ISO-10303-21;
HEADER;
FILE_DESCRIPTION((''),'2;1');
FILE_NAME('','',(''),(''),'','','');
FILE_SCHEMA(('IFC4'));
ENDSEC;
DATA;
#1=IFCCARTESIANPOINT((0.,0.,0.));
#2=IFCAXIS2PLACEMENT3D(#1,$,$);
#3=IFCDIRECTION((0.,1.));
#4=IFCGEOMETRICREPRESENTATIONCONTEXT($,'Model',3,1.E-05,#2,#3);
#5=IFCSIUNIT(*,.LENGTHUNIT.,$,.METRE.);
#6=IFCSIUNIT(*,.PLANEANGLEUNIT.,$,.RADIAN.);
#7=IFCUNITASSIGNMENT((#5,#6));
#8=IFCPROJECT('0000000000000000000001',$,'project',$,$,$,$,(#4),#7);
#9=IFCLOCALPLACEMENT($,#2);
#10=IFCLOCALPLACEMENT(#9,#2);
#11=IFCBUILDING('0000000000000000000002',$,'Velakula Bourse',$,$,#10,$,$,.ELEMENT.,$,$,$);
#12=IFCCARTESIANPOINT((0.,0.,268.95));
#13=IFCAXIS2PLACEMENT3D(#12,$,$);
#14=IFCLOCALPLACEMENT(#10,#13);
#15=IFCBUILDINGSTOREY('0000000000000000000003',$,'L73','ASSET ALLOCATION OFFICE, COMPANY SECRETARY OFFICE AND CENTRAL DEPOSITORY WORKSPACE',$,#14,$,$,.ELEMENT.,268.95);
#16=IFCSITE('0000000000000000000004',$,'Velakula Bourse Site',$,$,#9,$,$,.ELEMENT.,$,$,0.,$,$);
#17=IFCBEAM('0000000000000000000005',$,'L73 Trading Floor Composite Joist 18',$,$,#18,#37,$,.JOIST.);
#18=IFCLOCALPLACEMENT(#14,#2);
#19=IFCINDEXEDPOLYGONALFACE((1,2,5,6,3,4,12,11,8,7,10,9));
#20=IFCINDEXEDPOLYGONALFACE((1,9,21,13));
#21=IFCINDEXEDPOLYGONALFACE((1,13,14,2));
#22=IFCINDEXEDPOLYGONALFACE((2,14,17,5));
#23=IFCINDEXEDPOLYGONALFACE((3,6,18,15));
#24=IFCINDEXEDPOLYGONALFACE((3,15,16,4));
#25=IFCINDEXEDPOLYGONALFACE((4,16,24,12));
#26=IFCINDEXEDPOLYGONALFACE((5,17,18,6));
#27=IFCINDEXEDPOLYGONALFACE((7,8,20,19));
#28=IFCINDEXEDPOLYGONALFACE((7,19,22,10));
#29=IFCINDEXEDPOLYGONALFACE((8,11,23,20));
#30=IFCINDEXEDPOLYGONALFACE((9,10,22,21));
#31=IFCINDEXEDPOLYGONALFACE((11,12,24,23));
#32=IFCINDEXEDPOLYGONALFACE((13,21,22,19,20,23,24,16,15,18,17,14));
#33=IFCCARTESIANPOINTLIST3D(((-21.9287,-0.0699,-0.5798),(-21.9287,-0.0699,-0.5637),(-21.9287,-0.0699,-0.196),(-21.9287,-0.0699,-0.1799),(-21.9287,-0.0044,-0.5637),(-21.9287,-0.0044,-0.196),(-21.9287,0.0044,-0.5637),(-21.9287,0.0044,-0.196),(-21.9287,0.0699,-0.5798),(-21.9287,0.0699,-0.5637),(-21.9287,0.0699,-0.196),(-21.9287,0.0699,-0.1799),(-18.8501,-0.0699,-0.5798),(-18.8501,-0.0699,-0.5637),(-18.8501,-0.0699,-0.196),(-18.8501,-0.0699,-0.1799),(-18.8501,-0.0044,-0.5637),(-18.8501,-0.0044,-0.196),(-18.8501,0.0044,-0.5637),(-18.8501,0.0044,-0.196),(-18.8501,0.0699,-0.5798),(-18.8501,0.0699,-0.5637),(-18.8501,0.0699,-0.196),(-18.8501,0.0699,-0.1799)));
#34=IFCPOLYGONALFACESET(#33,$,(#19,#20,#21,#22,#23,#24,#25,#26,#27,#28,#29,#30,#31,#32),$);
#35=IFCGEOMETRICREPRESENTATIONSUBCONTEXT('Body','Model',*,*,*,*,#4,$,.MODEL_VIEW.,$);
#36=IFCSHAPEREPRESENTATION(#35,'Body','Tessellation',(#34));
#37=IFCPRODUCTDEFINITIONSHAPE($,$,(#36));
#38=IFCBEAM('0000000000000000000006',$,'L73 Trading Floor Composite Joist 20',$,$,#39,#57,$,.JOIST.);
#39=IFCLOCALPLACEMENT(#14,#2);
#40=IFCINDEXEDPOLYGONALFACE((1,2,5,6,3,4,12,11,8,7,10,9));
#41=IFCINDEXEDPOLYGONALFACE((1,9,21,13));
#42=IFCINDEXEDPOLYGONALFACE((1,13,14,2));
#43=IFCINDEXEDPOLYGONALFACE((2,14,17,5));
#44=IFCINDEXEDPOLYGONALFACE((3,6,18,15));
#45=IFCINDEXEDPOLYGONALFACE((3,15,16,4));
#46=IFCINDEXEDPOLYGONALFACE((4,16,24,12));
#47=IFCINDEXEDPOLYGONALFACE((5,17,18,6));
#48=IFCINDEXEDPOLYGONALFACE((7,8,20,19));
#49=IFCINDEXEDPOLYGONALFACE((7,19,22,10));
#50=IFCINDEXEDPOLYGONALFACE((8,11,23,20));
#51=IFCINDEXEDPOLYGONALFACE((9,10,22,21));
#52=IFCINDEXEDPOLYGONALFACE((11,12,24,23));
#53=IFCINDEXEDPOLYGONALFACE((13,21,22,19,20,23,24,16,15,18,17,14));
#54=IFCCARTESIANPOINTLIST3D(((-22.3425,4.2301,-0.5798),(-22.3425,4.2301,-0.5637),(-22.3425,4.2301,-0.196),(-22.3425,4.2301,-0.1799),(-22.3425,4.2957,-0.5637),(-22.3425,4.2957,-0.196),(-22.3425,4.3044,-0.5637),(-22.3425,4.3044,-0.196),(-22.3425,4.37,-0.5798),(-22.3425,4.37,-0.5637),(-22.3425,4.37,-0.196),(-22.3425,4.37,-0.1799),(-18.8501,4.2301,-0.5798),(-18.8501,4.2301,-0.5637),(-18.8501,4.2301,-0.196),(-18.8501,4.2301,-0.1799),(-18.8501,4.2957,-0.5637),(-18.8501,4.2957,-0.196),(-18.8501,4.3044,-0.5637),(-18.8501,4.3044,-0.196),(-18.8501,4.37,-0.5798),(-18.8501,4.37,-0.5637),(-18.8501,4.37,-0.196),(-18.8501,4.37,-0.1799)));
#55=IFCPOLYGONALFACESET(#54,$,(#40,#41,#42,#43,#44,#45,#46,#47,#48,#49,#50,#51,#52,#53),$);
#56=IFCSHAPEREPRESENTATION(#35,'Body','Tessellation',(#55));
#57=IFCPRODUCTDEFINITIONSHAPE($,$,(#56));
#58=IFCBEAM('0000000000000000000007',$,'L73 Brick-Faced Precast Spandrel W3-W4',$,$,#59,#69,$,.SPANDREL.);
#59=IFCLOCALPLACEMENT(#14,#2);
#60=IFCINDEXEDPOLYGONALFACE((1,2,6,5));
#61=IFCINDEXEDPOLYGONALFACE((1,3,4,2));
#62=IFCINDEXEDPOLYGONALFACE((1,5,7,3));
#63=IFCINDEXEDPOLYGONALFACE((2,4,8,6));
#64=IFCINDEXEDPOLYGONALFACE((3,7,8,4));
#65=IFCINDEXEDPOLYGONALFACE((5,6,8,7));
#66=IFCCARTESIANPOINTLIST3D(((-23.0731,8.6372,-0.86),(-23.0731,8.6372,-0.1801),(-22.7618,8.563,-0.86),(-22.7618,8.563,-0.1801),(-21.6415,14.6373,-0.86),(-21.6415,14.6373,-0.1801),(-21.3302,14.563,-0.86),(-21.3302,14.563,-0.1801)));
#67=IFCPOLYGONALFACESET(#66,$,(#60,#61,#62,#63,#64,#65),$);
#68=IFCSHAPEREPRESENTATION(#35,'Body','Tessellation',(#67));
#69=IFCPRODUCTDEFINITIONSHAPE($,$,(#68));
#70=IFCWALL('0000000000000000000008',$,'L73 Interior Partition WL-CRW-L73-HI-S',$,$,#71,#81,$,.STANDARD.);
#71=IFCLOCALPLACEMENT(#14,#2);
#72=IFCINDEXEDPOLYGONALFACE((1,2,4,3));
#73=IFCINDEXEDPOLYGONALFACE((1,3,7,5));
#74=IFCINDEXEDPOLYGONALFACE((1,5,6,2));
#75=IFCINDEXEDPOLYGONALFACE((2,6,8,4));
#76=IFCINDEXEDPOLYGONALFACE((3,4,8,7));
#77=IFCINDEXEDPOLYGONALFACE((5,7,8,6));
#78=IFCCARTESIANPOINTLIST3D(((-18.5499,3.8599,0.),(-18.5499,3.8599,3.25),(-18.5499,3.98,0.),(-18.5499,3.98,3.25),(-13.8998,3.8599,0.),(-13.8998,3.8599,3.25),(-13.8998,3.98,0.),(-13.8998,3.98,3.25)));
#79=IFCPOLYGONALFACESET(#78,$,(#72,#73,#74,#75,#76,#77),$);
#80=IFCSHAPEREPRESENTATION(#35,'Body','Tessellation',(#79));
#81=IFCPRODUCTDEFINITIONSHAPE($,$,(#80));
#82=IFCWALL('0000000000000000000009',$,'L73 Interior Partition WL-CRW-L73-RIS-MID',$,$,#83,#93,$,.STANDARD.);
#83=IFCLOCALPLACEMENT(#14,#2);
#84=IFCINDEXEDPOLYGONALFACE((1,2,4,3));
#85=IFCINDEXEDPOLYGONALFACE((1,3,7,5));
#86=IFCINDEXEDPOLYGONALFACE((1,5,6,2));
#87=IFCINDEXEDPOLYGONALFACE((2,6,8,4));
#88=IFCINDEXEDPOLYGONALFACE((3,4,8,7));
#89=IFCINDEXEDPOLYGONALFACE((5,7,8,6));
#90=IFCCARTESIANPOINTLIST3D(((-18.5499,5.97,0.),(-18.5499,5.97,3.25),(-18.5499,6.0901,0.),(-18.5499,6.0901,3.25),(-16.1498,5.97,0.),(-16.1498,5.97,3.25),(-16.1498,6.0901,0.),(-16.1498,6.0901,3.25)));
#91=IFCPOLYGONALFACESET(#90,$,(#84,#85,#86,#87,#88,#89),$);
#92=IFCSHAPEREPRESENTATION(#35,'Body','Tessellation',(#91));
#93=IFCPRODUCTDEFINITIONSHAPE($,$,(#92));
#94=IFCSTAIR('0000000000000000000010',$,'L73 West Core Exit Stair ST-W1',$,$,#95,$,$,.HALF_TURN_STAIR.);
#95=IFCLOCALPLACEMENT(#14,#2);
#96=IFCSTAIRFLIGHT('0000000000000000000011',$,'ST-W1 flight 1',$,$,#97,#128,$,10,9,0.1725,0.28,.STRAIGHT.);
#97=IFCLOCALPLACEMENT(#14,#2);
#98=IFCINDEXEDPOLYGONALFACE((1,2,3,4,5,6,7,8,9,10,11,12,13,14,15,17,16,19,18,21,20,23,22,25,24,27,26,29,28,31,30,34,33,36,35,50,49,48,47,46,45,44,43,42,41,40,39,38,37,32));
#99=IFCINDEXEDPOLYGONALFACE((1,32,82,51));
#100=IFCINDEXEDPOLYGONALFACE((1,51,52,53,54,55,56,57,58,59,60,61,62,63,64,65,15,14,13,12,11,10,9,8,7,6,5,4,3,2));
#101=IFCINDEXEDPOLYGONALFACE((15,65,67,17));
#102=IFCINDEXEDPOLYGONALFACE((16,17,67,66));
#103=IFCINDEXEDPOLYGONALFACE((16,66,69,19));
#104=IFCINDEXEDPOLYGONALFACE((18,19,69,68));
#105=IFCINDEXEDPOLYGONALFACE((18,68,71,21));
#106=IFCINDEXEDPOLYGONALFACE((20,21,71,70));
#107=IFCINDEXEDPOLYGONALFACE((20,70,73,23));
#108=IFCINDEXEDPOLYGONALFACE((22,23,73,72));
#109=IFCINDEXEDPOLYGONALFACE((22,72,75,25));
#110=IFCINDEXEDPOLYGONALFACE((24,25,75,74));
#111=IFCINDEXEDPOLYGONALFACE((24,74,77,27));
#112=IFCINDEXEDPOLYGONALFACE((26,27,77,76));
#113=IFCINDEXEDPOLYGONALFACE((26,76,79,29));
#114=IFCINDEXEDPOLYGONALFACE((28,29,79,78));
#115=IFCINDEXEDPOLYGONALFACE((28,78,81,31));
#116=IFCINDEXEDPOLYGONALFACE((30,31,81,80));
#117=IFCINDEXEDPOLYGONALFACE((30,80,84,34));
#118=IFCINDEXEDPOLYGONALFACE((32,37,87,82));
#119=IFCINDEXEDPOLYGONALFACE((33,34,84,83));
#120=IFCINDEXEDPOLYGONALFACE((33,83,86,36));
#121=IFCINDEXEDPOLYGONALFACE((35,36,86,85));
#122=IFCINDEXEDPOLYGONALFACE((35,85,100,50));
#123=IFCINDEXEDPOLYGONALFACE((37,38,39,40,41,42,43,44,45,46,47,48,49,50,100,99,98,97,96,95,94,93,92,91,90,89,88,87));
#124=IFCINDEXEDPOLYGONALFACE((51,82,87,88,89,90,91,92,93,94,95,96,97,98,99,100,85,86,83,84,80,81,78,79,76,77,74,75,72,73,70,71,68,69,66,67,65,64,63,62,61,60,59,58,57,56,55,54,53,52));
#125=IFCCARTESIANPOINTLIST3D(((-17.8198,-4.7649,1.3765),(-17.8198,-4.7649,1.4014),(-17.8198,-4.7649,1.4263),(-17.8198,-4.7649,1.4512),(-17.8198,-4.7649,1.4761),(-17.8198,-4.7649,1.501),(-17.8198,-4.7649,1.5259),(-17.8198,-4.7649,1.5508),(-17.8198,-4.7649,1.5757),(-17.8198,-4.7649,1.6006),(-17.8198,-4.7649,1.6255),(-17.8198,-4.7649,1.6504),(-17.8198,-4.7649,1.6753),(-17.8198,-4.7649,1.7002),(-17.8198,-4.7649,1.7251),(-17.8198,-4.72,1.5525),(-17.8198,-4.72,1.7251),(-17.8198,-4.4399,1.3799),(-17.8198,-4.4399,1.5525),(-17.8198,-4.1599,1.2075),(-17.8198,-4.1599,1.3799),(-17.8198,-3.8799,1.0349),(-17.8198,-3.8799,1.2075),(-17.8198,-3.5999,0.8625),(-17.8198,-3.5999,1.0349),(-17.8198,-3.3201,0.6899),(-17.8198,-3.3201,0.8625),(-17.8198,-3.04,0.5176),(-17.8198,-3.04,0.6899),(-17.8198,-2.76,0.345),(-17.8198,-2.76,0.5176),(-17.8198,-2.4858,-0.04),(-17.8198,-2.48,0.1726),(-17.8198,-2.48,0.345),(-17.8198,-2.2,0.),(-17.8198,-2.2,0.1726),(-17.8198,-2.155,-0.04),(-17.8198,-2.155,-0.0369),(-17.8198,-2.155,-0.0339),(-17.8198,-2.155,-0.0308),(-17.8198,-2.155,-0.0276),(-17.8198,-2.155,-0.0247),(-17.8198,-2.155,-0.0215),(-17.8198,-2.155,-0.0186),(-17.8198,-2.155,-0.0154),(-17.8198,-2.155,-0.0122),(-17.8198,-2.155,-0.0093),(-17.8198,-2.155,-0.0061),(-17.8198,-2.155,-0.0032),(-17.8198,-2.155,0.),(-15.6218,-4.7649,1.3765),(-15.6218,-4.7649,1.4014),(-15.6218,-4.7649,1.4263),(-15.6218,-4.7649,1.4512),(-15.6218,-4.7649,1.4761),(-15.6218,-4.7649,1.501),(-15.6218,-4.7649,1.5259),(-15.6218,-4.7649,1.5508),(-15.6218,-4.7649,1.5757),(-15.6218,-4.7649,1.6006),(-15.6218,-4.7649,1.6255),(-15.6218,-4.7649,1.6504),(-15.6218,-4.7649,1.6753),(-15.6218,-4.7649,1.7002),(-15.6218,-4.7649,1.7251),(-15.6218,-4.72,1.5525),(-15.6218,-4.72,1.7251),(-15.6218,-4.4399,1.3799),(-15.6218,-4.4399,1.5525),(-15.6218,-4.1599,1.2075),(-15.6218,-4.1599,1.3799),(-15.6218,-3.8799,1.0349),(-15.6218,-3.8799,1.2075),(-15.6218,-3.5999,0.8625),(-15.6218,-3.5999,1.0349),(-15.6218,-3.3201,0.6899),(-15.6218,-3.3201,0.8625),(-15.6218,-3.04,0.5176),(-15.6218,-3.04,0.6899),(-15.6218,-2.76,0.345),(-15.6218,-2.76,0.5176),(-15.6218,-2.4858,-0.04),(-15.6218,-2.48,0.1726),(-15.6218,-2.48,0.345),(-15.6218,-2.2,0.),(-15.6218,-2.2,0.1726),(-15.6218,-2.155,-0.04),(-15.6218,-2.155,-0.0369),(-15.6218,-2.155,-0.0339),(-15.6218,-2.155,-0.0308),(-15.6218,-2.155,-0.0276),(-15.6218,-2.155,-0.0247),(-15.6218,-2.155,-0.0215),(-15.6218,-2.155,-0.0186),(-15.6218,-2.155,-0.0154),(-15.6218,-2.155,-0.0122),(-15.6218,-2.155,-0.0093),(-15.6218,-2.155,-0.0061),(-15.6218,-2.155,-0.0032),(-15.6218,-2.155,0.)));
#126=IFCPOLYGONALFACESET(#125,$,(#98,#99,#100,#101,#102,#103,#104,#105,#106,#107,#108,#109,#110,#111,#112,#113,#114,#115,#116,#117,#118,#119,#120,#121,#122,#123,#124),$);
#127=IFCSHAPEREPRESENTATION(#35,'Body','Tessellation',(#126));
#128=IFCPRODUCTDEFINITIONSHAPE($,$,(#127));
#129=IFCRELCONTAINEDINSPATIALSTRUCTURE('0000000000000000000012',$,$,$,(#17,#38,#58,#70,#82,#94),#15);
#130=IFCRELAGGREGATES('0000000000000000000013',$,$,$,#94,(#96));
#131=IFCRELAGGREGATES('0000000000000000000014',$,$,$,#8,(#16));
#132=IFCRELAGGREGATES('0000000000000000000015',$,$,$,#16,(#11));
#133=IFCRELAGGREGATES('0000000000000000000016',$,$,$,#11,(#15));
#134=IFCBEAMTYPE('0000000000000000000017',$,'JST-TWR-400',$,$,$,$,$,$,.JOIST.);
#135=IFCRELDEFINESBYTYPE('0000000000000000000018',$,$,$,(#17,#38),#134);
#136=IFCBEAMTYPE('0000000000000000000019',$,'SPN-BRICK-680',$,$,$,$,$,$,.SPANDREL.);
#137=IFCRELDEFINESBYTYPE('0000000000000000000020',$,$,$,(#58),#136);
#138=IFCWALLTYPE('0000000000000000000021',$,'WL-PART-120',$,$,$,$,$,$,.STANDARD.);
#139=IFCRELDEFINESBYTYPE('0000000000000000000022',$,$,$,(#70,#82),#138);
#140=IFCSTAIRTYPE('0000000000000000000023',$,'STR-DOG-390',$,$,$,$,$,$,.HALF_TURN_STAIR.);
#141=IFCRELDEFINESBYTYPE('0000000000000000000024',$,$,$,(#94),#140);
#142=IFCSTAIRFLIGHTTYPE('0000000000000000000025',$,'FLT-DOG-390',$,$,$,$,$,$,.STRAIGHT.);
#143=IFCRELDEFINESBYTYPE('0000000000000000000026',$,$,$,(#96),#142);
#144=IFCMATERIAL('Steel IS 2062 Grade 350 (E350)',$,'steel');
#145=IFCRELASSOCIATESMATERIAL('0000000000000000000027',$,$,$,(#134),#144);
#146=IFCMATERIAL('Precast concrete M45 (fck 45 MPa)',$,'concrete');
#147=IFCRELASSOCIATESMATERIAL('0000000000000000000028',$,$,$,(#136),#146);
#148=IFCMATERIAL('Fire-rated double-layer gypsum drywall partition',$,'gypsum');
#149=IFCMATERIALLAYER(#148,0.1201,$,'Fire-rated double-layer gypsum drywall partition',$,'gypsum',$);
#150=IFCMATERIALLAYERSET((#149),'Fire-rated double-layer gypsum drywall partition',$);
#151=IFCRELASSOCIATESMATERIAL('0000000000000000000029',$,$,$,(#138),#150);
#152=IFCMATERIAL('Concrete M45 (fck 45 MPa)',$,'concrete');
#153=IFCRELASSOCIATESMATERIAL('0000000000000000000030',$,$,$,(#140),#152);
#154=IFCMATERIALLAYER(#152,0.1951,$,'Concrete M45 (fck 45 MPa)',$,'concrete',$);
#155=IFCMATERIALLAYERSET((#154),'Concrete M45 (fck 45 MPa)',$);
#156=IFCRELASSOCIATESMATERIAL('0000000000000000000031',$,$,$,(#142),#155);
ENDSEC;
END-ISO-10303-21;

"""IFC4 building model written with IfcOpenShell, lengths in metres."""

from ifc_helpers import new_model, si_unit, direction, frame, frame_2d, origin, origin_2d, place, context, subcontext, project, spatial, polyline, rectangle, i_section, outline, extrude, material, layer, layer_set, material_profile, profile_set, type_object, element, aggregate, save


model = new_model("IFC4")

# Units and contexts
model_context = context("Model", 3, precision=1e-05, world=origin(), true_north=direction((0.0, 1.0)))
body_context = subcontext(model_context, "Body", "Model", "MODEL_VIEW")
ifc_project = project(units=[si_unit("LENGTHUNIT", "METRE"), si_unit("PLANEANGLEUNIT", "RADIAN")], contexts=[model_context])

# Site, building, storey
site_placement = place(None, origin())
site = spatial("IfcSite", under=ifc_project, at=site_placement, Name="Velakula Bourse Site", CompositionType="ELEMENT", RefElevation=0.0)
building_placement = place(site_placement, origin())
building = spatial("IfcBuilding", under=site, at=building_placement, Name="Velakula Bourse", CompositionType="ELEMENT")
storey_placement = place(building_placement, frame((0.0, 0.0, 268.95)))
storey = spatial("IfcBuildingStorey", under=building, at=storey_placement, Name="L73", Description="ASSET ALLOCATION OFFICE, COMPANY SECRETARY OFFICE AND CENTRAL DEPOSITORY WORKSPACE", CompositionType="ELEMENT", Elevation=268.95)

# Shared definitions
ifc_material_1 = material(Name="Steel IS 2062 Grade 350 (E350)", Category="steel")

# Beams
ifc_material_profile_1 = material_profile(ifc_material_1, i_section(OverallWidth=0.1399, OverallDepth=0.3999, WebThickness=0.0088, FlangeThickness=0.0161, at=origin_2d()), Name="Steel IS 2062 Grade 350 (E350)")
ifc_profile_set_1 = profile_set([ifc_material_profile_1], Name="Steel IS 2062 Grade 350 (E350)")
beam_type_1 = type_object("IfcBeamType", Name="JST-TWR-400", PredefinedType="JOIST", material=ifc_profile_set_1)
beam_1_placement = place(storey_placement, frame((-21.9287, 0.0, -0.3799), z_axis=(1.0, 0.0, 0.0), x_axis=(0.0, 1.0, 0.0)))
element("IfcBeam", 1, at=beam_1_placement, inside=storey, type_object=beam_type_1, Name="L73 Trading Floor Composite Joist 18", PredefinedType="JOIST", context=body_context, shape_type="SweptSolid", body=[
    extrude(i_section(OverallWidth=0.1399, OverallDepth=0.3999, WebThickness=0.0088, FlangeThickness=0.0161, at=origin_2d()), origin(), (0.0, 0.0, 1.0), 3.0786),
])
beam_2_placement = place(storey_placement, frame((-22.3425, 4.3, -0.3799), z_axis=(1.0, 0.0, 0.0), x_axis=(0.0, 1.0, 0.0)))
element("IfcBeam", 2, at=beam_2_placement, inside=storey, type_object=beam_type_1, Name="L73 Trading Floor Composite Joist 20", PredefinedType="JOIST", context=body_context, shape_type="SweptSolid", body=[
    extrude(i_section(OverallWidth=0.1399, OverallDepth=0.3999, WebThickness=0.0088, FlangeThickness=0.0161, at=origin_2d()), origin(), (0.0, 0.0, 1.0), 3.4924),
])
ifc_material_2 = material(Name="Precast concrete M45 (fck 45 MPa)", Category="concrete")
ifc_material_profile_2 = material_profile(ifc_material_2, rectangle(XDim=0.3201, YDim=0.6799, at=origin_2d()), Name="Precast concrete M45 (fck 45 MPa)")
ifc_profile_set_2 = profile_set([ifc_material_profile_2], Name="Precast concrete M45 (fck 45 MPa)")
beam_type_2 = type_object("IfcBeamType", Name="SPN-BRICK-680", PredefinedType="SPANDREL", material=ifc_profile_set_2)
beam_3_placement = place(storey_placement, frame((-22.9175, 8.6001, -0.52), z_axis=(0.232091, 0.972694, 0.0), x_axis=(-0.972694, 0.232091, 0.0)))
element("IfcBeam", 3, at=beam_3_placement, inside=storey, type_object=beam_type_2, Name="L73 Brick-Faced Precast Spandrel W3-W4", PredefinedType="SPANDREL", context=body_context, shape_type="SweptSolid", body=[
    extrude(rectangle(XDim=0.3201, YDim=0.6799, at=origin_2d()), origin(), (0.0, 0.0, 1.0), 6.1685),
])

# Walls
ifc_material_3 = material(Name="Fire-rated double-layer gypsum drywall partition", Category="gypsum")
ifc_layer_1 = layer(ifc_material_3, 0.1201, Name="Fire-rated double-layer gypsum drywall partition", Category="gypsum")
ifc_layer_set_1 = layer_set([ifc_layer_1], Name="Fire-rated double-layer gypsum drywall partition")
wall_type = type_object("IfcWallType", Name="WL-PART-120", PredefinedType="STANDARD", material=ifc_layer_set_1)
wall_1_placement = place(storey_placement, frame((-18.55, 3.9199, 0.0), z_axis=(0.0, 0.0, 1.0), x_axis=(1.0, 0.0, 0.0)))
element("IfcWall", 4, at=wall_1_placement, inside=storey, type_object=wall_type, Name="L73 Interior Partition WL-CRW-L73-HI-S", PredefinedType="STANDARD", context=body_context, shape_type="SweptSolid", body=[
    extrude(rectangle(XDim=4.6501, YDim=0.1201, at=frame_2d((2.3252, 0.0))), origin(), (0.0, 0.0, 1.0), 3.25),
])
wall_2_placement = place(storey_placement, frame((-18.55, 6.03, 0.0), z_axis=(0.0, 0.0, 1.0), x_axis=(1.0, 0.0, 0.0)))
element("IfcWall", 5, at=wall_2_placement, inside=storey, type_object=wall_type, Name="L73 Interior Partition WL-CRW-L73-RIS-MID", PredefinedType="STANDARD", context=body_context, shape_type="SweptSolid", body=[
    extrude(rectangle(XDim=2.4001, YDim=0.1201, at=frame_2d((1.2002, 0.0))), origin(), (0.0, 0.0, 1.0), 3.25),
])

# Stair, stair flight
ifc_material_4 = material(Name="Concrete M45 (fck 45 MPa)", Category="concrete")
stair_type = type_object("IfcStairType", Name="STR-DOG-390", PredefinedType="HALF_TURN_STAIR", material=ifc_material_4)
stair_placement = place(storey_placement, origin())
stair = element("IfcStair", 6, at=stair_placement, inside=storey, type_object=stair_type, Name="L73 West Core Exit Stair ST-W1", PredefinedType="HALF_TURN_STAIR")
ifc_layer_2 = layer(ifc_material_4, 0.1951, Name="Concrete M45 (fck 45 MPa)", Category="concrete")
ifc_layer_set_2 = layer_set([ifc_layer_2], Name="Concrete M45 (fck 45 MPa)")
stair_flight_type = type_object("IfcStairFlightType", Name="FLT-DOG-390", PredefinedType="STRAIGHT", material=ifc_layer_set_2)
stair_flight_placement = place(storey_placement, frame((-16.7209, -2.2, 0.0), z_axis=(0.0, 0.0, 1.0), x_axis=(0.0, -1.0, 0.0)))
stair_flight = element("IfcStairFlight", 7, at=stair_flight_placement, type_object=stair_flight_type, Name="ST-W1 flight 1", NumberOfRisers=10, NumberOfTreads=9, PredefinedType="STRAIGHT", RiserHeight=0.1725, TreadLength=0.28, context=body_context, shape_type="SweptSolid", body=[
    extrude(outline(polyline([(-0.0449, -0.04), (-0.0449, -0.0369), (-0.0449, -0.0339), (-0.0449, -0.0308), (-0.0449, -0.0276), (-0.0449, -0.0247), (-0.0449, -0.0215), (-0.0449, -0.0186), (-0.0449, -0.0154), (-0.0449, -0.0122), (-0.0449, -0.0093), (-0.0449, -0.0061), (-0.0449, -0.0032), (-0.0449, 0.0), (0.0, 0.0), (0.0, 0.1726), (0.28, 0.1726), (0.28, 0.345), (0.5601, 0.345), (0.5601, 0.5176), (0.8401, 0.5176), (0.8401, 0.6899), (1.1201, 0.6899), (1.1201, 0.8625), (1.3999, 0.8625), (1.3999, 1.0349), (1.6799, 1.0349), (1.6799, 1.2075), (1.96, 1.2075), (1.96, 1.3799), (2.24, 1.3799), (2.24, 1.5525), (2.52, 1.5525), (2.52, 1.7251), (2.5649, 1.7251), (2.5649, 1.7002), (2.5649, 1.6753), (2.5649, 1.6504), (2.5649, 1.6255), (2.5649, 1.6006), (2.5649, 1.5757), (2.5649, 1.5508), (2.5649, 1.5259), (2.5649, 1.501), (2.5649, 1.4761), (2.5649, 1.4512), (2.5649, 1.4263), (2.5649, 1.4014), (2.5649, 1.3765), (0.2859, -0.04), (-0.0449, -0.04)])), frame((0.0, 1.0991, 0.0), z_axis=(0.0, -1.0, 0.0), x_axis=(1.0, 0.0, 0.0)), (0.0, 0.0, 1.0), 2.198),
])
aggregate(stair, [stair_flight])

save(model, "model.ifc")
